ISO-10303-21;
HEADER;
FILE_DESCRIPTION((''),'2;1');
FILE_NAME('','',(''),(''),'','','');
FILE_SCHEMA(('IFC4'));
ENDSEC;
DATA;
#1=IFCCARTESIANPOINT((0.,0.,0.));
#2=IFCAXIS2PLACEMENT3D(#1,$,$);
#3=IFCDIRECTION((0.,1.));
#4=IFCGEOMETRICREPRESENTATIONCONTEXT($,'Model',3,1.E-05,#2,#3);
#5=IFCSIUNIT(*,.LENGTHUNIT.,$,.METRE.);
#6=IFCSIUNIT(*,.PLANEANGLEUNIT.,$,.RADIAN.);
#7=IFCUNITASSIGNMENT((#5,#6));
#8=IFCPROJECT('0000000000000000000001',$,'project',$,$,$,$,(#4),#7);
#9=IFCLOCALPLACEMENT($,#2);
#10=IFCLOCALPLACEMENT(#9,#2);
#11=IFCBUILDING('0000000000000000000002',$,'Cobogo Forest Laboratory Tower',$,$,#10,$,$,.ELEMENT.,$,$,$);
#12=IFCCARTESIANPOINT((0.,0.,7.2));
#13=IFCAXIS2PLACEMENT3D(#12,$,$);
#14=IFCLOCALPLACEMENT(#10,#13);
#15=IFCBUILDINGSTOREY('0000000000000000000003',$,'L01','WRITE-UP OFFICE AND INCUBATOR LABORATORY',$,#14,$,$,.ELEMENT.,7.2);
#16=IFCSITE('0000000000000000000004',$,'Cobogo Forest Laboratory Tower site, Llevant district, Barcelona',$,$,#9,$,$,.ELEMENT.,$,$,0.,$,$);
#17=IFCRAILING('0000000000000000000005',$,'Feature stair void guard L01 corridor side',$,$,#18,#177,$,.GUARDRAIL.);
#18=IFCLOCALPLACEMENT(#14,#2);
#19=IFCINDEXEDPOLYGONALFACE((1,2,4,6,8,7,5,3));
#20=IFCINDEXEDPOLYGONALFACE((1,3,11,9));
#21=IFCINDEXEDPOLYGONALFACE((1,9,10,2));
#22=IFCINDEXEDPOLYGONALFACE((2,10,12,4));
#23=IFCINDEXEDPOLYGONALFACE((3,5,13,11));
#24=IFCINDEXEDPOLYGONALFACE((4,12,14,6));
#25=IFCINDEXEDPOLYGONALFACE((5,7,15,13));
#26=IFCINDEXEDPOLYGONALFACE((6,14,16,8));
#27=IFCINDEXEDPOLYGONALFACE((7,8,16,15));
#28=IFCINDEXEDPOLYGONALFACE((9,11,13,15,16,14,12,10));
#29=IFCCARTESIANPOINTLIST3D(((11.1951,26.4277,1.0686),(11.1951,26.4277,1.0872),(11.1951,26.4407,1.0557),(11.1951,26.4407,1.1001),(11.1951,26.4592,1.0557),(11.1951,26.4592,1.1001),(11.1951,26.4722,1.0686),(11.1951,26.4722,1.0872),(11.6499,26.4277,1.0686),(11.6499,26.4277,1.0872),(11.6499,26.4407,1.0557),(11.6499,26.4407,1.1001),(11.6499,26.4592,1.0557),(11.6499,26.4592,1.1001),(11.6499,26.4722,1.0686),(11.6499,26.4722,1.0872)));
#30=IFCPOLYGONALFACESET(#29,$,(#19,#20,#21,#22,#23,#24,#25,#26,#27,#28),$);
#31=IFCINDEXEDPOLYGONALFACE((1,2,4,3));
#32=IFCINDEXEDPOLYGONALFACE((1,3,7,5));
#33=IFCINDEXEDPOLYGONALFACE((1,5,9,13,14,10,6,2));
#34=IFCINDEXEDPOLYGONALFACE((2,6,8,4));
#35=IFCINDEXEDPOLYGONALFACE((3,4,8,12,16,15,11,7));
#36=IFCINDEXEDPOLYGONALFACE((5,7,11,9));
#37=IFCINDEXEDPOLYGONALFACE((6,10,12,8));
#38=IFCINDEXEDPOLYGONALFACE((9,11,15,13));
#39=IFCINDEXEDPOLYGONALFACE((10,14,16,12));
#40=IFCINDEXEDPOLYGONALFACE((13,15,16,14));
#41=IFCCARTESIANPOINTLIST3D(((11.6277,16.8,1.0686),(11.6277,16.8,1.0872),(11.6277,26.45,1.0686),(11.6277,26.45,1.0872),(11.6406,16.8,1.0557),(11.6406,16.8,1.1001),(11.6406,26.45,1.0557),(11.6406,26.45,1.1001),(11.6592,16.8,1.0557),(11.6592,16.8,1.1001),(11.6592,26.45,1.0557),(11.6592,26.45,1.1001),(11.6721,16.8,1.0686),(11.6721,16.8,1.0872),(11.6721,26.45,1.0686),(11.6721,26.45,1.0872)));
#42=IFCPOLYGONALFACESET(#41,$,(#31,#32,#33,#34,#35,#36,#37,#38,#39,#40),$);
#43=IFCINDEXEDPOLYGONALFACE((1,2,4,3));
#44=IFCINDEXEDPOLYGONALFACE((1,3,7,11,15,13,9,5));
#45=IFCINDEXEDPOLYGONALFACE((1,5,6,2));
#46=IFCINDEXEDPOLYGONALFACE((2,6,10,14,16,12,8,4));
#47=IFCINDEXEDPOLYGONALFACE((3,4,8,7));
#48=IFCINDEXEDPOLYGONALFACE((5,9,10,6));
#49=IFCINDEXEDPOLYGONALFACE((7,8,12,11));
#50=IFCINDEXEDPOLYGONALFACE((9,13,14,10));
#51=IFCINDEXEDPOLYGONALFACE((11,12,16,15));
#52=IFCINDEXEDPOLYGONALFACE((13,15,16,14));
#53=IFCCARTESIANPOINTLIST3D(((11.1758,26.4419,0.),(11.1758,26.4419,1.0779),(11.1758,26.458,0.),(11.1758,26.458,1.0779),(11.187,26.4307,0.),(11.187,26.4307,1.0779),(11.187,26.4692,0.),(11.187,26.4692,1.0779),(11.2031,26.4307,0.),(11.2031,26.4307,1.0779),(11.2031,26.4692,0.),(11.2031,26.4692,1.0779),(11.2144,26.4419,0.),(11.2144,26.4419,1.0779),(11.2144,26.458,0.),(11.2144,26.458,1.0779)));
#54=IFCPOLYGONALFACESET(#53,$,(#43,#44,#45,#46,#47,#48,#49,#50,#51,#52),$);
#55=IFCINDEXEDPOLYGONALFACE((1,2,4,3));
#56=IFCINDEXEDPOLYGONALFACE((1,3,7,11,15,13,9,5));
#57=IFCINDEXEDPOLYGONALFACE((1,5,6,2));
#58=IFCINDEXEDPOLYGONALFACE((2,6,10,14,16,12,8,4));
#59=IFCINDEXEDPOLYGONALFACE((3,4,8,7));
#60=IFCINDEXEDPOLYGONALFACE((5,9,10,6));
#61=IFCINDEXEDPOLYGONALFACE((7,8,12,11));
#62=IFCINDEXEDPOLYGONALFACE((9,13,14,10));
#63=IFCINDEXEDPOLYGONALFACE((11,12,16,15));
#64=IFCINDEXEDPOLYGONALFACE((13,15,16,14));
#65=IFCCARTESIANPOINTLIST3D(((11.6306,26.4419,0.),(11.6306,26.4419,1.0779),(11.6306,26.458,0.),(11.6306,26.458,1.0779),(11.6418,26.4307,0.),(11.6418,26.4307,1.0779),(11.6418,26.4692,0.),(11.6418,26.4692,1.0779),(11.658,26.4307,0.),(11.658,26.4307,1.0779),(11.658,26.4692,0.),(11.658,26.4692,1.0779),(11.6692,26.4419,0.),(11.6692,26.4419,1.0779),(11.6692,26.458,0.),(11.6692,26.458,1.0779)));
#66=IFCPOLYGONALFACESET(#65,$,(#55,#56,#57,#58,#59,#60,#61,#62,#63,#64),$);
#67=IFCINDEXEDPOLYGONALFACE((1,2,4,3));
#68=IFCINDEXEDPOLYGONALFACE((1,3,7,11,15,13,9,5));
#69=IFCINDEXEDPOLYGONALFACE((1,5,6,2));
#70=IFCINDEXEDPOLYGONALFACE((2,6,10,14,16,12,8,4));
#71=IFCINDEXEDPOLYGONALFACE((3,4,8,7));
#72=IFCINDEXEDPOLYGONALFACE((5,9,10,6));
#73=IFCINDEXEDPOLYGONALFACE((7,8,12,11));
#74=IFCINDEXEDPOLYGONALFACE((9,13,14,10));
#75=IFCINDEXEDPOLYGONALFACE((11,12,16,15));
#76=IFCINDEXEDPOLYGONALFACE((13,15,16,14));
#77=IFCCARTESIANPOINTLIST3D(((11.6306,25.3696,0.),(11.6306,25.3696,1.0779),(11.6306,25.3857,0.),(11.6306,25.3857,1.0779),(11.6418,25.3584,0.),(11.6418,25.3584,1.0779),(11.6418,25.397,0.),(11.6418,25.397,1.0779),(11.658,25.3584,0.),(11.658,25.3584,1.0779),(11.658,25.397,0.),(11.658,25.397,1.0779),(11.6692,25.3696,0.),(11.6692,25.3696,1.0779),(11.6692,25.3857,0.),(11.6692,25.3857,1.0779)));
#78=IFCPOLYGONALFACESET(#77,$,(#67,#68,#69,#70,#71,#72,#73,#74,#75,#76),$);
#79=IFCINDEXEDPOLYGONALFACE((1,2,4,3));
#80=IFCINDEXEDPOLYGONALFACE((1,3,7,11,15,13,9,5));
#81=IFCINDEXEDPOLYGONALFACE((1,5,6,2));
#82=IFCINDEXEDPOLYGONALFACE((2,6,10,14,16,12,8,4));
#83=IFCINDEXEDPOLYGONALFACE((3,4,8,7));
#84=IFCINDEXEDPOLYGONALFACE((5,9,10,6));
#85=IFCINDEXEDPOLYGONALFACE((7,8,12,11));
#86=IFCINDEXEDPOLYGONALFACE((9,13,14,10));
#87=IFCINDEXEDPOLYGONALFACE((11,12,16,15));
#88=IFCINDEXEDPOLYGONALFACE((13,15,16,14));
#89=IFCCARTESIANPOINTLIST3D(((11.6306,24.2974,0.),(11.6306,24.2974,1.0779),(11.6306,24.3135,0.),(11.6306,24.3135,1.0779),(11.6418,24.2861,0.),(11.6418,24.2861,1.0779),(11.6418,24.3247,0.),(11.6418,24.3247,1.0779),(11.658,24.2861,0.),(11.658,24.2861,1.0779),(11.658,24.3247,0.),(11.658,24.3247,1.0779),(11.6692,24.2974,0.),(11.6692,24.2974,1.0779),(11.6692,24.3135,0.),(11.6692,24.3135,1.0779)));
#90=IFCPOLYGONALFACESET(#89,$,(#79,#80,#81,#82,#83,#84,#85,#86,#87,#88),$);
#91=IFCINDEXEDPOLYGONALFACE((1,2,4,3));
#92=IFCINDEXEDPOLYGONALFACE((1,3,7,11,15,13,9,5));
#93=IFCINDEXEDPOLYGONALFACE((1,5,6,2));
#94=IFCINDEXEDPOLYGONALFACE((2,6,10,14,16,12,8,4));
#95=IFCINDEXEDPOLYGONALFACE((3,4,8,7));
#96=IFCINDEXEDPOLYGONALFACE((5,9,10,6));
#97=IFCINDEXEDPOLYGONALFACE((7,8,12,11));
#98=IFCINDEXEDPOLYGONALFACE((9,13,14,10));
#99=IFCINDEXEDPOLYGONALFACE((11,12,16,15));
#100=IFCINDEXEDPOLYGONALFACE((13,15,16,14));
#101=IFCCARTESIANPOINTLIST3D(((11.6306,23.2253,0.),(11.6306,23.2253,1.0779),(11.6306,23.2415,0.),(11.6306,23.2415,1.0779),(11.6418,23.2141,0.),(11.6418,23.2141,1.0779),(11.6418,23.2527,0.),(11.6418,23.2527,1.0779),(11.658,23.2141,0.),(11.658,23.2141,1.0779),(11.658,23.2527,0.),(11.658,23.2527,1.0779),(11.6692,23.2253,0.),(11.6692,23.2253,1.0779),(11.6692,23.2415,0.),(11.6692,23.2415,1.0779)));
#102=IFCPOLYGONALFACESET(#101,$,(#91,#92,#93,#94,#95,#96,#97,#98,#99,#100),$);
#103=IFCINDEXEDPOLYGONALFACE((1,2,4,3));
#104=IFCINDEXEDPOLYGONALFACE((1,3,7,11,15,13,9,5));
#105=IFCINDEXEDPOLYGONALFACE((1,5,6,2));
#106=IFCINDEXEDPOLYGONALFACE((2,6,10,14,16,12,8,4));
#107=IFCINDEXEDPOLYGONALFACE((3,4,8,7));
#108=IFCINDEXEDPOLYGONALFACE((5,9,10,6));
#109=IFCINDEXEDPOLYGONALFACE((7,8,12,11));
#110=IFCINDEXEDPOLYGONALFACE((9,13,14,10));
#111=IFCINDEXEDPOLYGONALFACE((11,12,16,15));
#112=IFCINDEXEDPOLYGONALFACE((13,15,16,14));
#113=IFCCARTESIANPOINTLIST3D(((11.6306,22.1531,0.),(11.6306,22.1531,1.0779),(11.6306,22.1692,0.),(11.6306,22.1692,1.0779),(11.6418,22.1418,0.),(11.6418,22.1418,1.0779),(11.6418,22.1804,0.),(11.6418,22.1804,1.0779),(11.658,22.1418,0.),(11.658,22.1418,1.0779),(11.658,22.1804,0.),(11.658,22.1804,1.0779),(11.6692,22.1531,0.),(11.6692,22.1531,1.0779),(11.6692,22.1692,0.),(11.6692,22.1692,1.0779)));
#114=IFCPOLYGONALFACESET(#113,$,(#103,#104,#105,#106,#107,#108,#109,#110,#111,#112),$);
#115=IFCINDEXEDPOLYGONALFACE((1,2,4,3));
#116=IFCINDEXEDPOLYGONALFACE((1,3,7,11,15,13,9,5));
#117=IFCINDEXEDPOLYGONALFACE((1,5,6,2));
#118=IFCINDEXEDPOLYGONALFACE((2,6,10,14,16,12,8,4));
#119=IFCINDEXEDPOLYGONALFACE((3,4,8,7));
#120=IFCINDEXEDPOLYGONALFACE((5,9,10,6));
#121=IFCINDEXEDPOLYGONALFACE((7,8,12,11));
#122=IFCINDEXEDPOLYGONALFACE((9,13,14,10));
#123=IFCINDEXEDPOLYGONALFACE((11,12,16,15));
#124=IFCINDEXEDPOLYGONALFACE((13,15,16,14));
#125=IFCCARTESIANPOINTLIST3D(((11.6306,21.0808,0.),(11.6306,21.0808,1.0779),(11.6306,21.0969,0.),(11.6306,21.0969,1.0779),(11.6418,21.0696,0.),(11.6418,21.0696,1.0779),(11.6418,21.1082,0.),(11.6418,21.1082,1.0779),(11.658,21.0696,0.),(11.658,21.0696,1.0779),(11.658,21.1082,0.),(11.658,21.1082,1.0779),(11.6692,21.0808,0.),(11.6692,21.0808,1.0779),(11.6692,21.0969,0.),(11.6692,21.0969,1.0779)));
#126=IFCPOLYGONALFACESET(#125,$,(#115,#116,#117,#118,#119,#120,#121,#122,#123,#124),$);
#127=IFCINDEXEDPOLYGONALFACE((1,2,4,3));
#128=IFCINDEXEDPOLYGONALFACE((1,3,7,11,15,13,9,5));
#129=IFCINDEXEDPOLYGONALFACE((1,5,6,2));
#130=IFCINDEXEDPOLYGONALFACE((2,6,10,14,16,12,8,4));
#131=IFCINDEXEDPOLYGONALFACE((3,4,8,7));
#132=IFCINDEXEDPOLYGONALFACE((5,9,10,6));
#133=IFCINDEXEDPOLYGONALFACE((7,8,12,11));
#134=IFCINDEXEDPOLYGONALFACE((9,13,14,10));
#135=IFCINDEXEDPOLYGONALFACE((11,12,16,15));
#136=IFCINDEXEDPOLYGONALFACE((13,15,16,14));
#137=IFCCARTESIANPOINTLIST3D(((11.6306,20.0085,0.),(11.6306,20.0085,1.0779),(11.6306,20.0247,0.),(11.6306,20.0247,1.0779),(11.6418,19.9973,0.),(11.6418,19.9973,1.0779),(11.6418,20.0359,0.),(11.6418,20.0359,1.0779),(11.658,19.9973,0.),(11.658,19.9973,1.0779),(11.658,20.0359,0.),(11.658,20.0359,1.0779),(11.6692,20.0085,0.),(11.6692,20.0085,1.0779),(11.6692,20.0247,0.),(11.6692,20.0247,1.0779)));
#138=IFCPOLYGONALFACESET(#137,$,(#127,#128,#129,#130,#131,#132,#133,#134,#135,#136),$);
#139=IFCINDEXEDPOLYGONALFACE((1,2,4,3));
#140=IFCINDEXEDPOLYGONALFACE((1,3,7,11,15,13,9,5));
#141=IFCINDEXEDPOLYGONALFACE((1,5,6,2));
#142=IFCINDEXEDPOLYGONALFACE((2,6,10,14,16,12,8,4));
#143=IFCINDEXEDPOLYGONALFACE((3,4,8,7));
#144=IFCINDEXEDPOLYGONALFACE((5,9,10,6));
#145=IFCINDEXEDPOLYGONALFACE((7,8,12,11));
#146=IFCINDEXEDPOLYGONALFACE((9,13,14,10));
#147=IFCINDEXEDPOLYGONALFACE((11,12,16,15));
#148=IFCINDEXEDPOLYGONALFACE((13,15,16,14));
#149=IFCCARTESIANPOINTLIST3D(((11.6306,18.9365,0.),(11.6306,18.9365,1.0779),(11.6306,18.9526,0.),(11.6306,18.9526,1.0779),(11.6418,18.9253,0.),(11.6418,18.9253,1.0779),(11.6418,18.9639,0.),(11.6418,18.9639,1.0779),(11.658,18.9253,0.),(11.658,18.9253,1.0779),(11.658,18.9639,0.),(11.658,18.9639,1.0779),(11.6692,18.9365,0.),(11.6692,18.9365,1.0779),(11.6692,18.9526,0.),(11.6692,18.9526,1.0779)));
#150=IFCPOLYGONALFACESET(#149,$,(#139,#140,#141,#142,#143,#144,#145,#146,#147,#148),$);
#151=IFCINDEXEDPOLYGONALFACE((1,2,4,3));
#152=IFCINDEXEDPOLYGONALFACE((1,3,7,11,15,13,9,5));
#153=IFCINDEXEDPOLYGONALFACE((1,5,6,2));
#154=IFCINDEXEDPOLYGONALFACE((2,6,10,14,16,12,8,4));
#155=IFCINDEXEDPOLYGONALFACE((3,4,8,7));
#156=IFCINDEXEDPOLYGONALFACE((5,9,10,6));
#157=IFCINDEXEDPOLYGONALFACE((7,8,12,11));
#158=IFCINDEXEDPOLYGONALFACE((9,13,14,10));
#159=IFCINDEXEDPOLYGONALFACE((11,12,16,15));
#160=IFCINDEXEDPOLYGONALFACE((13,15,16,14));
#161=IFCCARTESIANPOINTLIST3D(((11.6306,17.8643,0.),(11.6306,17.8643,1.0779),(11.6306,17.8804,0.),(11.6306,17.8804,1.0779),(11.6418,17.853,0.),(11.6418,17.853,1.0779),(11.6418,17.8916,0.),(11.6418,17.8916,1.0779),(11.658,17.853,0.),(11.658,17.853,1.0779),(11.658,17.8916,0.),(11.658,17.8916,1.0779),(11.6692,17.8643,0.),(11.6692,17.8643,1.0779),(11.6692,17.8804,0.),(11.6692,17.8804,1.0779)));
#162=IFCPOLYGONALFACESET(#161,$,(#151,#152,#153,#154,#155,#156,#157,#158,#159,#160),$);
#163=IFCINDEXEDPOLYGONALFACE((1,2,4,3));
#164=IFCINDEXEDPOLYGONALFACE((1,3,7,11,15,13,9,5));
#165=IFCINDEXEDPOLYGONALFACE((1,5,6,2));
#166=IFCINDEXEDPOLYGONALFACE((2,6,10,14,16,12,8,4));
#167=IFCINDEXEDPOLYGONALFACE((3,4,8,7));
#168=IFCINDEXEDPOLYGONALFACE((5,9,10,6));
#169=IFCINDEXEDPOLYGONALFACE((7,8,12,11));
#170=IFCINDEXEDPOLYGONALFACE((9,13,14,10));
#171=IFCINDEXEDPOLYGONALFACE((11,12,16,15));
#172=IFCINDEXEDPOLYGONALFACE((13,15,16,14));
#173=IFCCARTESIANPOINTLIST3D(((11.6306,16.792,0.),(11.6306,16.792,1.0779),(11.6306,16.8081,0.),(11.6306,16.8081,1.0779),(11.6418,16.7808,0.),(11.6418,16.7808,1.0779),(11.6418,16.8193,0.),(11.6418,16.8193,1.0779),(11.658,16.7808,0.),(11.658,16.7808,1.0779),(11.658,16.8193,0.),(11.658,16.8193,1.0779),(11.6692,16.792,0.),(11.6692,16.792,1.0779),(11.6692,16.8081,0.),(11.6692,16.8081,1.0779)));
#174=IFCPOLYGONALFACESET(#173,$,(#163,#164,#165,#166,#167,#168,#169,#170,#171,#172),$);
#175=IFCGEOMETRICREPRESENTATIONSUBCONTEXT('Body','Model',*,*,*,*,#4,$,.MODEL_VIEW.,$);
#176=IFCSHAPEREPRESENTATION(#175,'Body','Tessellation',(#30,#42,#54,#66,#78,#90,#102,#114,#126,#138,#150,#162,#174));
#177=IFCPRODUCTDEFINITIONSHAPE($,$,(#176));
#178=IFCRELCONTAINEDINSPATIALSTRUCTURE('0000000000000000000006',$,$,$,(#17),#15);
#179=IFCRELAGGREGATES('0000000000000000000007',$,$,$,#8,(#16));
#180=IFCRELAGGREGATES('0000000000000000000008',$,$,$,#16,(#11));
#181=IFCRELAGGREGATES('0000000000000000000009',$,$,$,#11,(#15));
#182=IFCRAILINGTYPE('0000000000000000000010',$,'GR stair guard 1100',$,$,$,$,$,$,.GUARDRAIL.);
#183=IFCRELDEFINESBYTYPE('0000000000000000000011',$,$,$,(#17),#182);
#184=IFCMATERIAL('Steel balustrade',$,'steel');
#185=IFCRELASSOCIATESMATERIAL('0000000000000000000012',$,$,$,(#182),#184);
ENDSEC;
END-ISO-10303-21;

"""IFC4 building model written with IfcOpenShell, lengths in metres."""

from ifc_helpers import new_model, si_unit, direction, frame, origin, place, context, subcontext, project, spatial, polyline, outline, extrude, material, type_object, element, save


model = new_model("IFC4")

# Units and contexts
model_context = context("Model", 3, precision=1e-05, world=origin(), true_north=direction((0.0, 1.0)))
body_context = subcontext(model_context, "Body", "Model", "MODEL_VIEW")
ifc_project = project(units=[si_unit("LENGTHUNIT", "METRE"), si_unit("PLANEANGLEUNIT", "RADIAN")], contexts=[model_context])

# Site, building, storey
site_placement = place(None, origin())
site = spatial("IfcSite", under=ifc_project, at=site_placement, Name="Cobogo Forest Laboratory Tower site, Llevant district, Barcelona", CompositionType="ELEMENT", RefElevation=0.0)
building_placement = place(site_placement, origin())
building = spatial("IfcBuilding", under=site, at=building_placement, Name="Cobogo Forest Laboratory Tower", CompositionType="ELEMENT")
storey_placement = place(building_placement, frame((0.0, 0.0, 7.2)))
storey = spatial("IfcBuildingStorey", under=building, at=storey_placement, Name="L01", Description="WRITE-UP OFFICE AND INCUBATOR LABORATORY", CompositionType="ELEMENT", Elevation=7.2)

# Railing
ifc_material_1 = material(Name="Steel balustrade", Category="steel")
railing_type = type_object("IfcRailingType", Name="GR stair guard 1100", PredefinedType="GUARDRAIL", material=ifc_material_1)
railing_placement = place(storey_placement, frame((11.1951, 26.45, 0.0)))
element("IfcRailing", 1, at=railing_placement, inside=storey, type_object=railing_type, Name="Feature stair void guard L01 corridor side", PredefinedType="GUARDRAIL", context=body_context, shape_type="SweptSolid", body=[
    extrude(outline(polyline([(0.0222, 0.0093), (0.0093, 0.0222), (-0.0093, 0.0222), (-0.0222, 0.0093), (-0.0222, -0.0093), (-0.0093, -0.0222), (0.0093, -0.0222), (0.0222, -0.0093), (0.0222, 0.0093)])), frame((0.0, 0.0, 1.0779), z_axis=(1.0, 0.0, 0.0), x_axis=(0.0, 1.0, 0.0)), (0.0, 0.0, 1.0), 0.4548),
    extrude(outline(polyline([(0.0222, 0.0093), (0.0093, 0.0222), (-0.0093, 0.0222), (-0.0222, 0.0093), (-0.0222, -0.0093), (-0.0093, -0.0222), (0.0093, -0.0222), (0.0222, -0.0093), (0.0222, 0.0093)])), frame((0.4548, 0.0, 1.0779), z_axis=(0.0, -1.0, 0.0), x_axis=(1.0, 0.0, 0.0)), (0.0, 0.0, 1.0), 9.6499),
    extrude(outline(polyline([(0.0193, 0.0081), (0.0081, 0.0193), (-0.0081, 0.0193), (-0.0193, 0.0081), (-0.0193, -0.0081), (-0.0081, -0.0193), (0.0081, -0.0193), (0.0193, -0.0081), (0.0193, 0.0081)])), origin(), (0.0, 0.0, 1.0), 1.0779),
    extrude(outline(polyline([(0.0193, 0.0081), (0.0081, 0.0193), (-0.0081, 0.0193), (-0.0193, 0.0081), (-0.0193, -0.0081), (-0.0081, -0.0193), (0.0081, -0.0193), (0.0193, -0.0081), (0.0193, 0.0081)])), frame((0.4548, 0.0, 0.0)), (0.0, 0.0, 1.0), 1.0779),
    extrude(outline(polyline([(0.0193, 0.0081), (0.0081, 0.0193), (-0.0081, 0.0193), (-0.0193, 0.0081), (-0.0193, -0.0081), (-0.0081, -0.0193), (0.0081, -0.0193), (0.0193, -0.0081), (0.0193, 0.0081)])), frame((0.4548, -1.0723, 0.0)), (0.0, 0.0, 1.0), 1.0779),
    extrude(outline(polyline([(0.0193, 0.0081), (0.0081, 0.0193), (-0.0081, 0.0193), (-0.0193, 0.0081), (-0.0193, -0.0081), (-0.0081, -0.0193), (0.0081, -0.0193), (0.0193, -0.0081), (0.0193, 0.0081)])), frame((0.4548, -2.1445, 0.0)), (0.0, 0.0, 1.0), 1.0779),
    extrude(outline(polyline([(0.0193, 0.0081), (0.0081, 0.0193), (-0.0081, 0.0193), (-0.0193, 0.0081), (-0.0193, -0.0081), (-0.0081, -0.0193), (0.0081, -0.0193), (0.0193, -0.0081), (0.0193, 0.0081)])), frame((0.4548, -3.2166, 0.0)), (0.0, 0.0, 1.0), 1.0779),
    extrude(outline(polyline([(0.0193, 0.0081), (0.0081, 0.0193), (-0.0081, 0.0193), (-0.0193, 0.0081), (-0.0193, -0.0081), (-0.0081, -0.0193), (0.0081, -0.0193), (0.0193, -0.0081), (0.0193, 0.0081)])), frame((0.4548, -4.2888, 0.0)), (0.0, 0.0, 1.0), 1.0779),
    extrude(outline(polyline([(0.0193, 0.0081), (0.0081, 0.0193), (-0.0081, 0.0193), (-0.0193, 0.0081), (-0.0193, -0.0081), (-0.0081, -0.0193), (0.0081, -0.0193), (0.0193, -0.0081), (0.0193, 0.0081)])), frame((0.4548, -5.3611, 0.0)), (0.0, 0.0, 1.0), 1.0779),
    extrude(outline(polyline([(0.0193, 0.0081), (0.0081, 0.0193), (-0.0081, 0.0193), (-0.0193, 0.0081), (-0.0193, -0.0081), (-0.0081, -0.0193), (0.0081, -0.0193), (0.0193, -0.0081), (0.0193, 0.0081)])), frame((0.4548, -6.4333, 0.0)), (0.0, 0.0, 1.0), 1.0779),
    extrude(outline(polyline([(0.0193, 0.0081), (0.0081, 0.0193), (-0.0081, 0.0193), (-0.0193, 0.0081), (-0.0193, -0.0081), (-0.0081, -0.0193), (0.0081, -0.0193), (0.0193, -0.0081), (0.0193, 0.0081)])), frame((0.4548, -7.5054, 0.0)), (0.0, 0.0, 1.0), 1.0779),
    extrude(outline(polyline([(0.0193, 0.0081), (0.0081, 0.0193), (-0.0081, 0.0193), (-0.0193, 0.0081), (-0.0193, -0.0081), (-0.0081, -0.0193), (0.0081, -0.0193), (0.0193, -0.0081), (0.0193, 0.0081)])), frame((0.4548, -8.5776, 0.0)), (0.0, 0.0, 1.0), 1.0779),
    extrude(outline(polyline([(0.0193, 0.0081), (0.0081, 0.0193), (-0.0081, 0.0193), (-0.0193, 0.0081), (-0.0193, -0.0081), (-0.0081, -0.0193), (0.0081, -0.0193), (0.0193, -0.0081), (0.0193, 0.0081)])), frame((0.4548, -9.6499, 0.0)), (0.0, 0.0, 1.0), 1.0779),
])

save(model, "model.ifc")
